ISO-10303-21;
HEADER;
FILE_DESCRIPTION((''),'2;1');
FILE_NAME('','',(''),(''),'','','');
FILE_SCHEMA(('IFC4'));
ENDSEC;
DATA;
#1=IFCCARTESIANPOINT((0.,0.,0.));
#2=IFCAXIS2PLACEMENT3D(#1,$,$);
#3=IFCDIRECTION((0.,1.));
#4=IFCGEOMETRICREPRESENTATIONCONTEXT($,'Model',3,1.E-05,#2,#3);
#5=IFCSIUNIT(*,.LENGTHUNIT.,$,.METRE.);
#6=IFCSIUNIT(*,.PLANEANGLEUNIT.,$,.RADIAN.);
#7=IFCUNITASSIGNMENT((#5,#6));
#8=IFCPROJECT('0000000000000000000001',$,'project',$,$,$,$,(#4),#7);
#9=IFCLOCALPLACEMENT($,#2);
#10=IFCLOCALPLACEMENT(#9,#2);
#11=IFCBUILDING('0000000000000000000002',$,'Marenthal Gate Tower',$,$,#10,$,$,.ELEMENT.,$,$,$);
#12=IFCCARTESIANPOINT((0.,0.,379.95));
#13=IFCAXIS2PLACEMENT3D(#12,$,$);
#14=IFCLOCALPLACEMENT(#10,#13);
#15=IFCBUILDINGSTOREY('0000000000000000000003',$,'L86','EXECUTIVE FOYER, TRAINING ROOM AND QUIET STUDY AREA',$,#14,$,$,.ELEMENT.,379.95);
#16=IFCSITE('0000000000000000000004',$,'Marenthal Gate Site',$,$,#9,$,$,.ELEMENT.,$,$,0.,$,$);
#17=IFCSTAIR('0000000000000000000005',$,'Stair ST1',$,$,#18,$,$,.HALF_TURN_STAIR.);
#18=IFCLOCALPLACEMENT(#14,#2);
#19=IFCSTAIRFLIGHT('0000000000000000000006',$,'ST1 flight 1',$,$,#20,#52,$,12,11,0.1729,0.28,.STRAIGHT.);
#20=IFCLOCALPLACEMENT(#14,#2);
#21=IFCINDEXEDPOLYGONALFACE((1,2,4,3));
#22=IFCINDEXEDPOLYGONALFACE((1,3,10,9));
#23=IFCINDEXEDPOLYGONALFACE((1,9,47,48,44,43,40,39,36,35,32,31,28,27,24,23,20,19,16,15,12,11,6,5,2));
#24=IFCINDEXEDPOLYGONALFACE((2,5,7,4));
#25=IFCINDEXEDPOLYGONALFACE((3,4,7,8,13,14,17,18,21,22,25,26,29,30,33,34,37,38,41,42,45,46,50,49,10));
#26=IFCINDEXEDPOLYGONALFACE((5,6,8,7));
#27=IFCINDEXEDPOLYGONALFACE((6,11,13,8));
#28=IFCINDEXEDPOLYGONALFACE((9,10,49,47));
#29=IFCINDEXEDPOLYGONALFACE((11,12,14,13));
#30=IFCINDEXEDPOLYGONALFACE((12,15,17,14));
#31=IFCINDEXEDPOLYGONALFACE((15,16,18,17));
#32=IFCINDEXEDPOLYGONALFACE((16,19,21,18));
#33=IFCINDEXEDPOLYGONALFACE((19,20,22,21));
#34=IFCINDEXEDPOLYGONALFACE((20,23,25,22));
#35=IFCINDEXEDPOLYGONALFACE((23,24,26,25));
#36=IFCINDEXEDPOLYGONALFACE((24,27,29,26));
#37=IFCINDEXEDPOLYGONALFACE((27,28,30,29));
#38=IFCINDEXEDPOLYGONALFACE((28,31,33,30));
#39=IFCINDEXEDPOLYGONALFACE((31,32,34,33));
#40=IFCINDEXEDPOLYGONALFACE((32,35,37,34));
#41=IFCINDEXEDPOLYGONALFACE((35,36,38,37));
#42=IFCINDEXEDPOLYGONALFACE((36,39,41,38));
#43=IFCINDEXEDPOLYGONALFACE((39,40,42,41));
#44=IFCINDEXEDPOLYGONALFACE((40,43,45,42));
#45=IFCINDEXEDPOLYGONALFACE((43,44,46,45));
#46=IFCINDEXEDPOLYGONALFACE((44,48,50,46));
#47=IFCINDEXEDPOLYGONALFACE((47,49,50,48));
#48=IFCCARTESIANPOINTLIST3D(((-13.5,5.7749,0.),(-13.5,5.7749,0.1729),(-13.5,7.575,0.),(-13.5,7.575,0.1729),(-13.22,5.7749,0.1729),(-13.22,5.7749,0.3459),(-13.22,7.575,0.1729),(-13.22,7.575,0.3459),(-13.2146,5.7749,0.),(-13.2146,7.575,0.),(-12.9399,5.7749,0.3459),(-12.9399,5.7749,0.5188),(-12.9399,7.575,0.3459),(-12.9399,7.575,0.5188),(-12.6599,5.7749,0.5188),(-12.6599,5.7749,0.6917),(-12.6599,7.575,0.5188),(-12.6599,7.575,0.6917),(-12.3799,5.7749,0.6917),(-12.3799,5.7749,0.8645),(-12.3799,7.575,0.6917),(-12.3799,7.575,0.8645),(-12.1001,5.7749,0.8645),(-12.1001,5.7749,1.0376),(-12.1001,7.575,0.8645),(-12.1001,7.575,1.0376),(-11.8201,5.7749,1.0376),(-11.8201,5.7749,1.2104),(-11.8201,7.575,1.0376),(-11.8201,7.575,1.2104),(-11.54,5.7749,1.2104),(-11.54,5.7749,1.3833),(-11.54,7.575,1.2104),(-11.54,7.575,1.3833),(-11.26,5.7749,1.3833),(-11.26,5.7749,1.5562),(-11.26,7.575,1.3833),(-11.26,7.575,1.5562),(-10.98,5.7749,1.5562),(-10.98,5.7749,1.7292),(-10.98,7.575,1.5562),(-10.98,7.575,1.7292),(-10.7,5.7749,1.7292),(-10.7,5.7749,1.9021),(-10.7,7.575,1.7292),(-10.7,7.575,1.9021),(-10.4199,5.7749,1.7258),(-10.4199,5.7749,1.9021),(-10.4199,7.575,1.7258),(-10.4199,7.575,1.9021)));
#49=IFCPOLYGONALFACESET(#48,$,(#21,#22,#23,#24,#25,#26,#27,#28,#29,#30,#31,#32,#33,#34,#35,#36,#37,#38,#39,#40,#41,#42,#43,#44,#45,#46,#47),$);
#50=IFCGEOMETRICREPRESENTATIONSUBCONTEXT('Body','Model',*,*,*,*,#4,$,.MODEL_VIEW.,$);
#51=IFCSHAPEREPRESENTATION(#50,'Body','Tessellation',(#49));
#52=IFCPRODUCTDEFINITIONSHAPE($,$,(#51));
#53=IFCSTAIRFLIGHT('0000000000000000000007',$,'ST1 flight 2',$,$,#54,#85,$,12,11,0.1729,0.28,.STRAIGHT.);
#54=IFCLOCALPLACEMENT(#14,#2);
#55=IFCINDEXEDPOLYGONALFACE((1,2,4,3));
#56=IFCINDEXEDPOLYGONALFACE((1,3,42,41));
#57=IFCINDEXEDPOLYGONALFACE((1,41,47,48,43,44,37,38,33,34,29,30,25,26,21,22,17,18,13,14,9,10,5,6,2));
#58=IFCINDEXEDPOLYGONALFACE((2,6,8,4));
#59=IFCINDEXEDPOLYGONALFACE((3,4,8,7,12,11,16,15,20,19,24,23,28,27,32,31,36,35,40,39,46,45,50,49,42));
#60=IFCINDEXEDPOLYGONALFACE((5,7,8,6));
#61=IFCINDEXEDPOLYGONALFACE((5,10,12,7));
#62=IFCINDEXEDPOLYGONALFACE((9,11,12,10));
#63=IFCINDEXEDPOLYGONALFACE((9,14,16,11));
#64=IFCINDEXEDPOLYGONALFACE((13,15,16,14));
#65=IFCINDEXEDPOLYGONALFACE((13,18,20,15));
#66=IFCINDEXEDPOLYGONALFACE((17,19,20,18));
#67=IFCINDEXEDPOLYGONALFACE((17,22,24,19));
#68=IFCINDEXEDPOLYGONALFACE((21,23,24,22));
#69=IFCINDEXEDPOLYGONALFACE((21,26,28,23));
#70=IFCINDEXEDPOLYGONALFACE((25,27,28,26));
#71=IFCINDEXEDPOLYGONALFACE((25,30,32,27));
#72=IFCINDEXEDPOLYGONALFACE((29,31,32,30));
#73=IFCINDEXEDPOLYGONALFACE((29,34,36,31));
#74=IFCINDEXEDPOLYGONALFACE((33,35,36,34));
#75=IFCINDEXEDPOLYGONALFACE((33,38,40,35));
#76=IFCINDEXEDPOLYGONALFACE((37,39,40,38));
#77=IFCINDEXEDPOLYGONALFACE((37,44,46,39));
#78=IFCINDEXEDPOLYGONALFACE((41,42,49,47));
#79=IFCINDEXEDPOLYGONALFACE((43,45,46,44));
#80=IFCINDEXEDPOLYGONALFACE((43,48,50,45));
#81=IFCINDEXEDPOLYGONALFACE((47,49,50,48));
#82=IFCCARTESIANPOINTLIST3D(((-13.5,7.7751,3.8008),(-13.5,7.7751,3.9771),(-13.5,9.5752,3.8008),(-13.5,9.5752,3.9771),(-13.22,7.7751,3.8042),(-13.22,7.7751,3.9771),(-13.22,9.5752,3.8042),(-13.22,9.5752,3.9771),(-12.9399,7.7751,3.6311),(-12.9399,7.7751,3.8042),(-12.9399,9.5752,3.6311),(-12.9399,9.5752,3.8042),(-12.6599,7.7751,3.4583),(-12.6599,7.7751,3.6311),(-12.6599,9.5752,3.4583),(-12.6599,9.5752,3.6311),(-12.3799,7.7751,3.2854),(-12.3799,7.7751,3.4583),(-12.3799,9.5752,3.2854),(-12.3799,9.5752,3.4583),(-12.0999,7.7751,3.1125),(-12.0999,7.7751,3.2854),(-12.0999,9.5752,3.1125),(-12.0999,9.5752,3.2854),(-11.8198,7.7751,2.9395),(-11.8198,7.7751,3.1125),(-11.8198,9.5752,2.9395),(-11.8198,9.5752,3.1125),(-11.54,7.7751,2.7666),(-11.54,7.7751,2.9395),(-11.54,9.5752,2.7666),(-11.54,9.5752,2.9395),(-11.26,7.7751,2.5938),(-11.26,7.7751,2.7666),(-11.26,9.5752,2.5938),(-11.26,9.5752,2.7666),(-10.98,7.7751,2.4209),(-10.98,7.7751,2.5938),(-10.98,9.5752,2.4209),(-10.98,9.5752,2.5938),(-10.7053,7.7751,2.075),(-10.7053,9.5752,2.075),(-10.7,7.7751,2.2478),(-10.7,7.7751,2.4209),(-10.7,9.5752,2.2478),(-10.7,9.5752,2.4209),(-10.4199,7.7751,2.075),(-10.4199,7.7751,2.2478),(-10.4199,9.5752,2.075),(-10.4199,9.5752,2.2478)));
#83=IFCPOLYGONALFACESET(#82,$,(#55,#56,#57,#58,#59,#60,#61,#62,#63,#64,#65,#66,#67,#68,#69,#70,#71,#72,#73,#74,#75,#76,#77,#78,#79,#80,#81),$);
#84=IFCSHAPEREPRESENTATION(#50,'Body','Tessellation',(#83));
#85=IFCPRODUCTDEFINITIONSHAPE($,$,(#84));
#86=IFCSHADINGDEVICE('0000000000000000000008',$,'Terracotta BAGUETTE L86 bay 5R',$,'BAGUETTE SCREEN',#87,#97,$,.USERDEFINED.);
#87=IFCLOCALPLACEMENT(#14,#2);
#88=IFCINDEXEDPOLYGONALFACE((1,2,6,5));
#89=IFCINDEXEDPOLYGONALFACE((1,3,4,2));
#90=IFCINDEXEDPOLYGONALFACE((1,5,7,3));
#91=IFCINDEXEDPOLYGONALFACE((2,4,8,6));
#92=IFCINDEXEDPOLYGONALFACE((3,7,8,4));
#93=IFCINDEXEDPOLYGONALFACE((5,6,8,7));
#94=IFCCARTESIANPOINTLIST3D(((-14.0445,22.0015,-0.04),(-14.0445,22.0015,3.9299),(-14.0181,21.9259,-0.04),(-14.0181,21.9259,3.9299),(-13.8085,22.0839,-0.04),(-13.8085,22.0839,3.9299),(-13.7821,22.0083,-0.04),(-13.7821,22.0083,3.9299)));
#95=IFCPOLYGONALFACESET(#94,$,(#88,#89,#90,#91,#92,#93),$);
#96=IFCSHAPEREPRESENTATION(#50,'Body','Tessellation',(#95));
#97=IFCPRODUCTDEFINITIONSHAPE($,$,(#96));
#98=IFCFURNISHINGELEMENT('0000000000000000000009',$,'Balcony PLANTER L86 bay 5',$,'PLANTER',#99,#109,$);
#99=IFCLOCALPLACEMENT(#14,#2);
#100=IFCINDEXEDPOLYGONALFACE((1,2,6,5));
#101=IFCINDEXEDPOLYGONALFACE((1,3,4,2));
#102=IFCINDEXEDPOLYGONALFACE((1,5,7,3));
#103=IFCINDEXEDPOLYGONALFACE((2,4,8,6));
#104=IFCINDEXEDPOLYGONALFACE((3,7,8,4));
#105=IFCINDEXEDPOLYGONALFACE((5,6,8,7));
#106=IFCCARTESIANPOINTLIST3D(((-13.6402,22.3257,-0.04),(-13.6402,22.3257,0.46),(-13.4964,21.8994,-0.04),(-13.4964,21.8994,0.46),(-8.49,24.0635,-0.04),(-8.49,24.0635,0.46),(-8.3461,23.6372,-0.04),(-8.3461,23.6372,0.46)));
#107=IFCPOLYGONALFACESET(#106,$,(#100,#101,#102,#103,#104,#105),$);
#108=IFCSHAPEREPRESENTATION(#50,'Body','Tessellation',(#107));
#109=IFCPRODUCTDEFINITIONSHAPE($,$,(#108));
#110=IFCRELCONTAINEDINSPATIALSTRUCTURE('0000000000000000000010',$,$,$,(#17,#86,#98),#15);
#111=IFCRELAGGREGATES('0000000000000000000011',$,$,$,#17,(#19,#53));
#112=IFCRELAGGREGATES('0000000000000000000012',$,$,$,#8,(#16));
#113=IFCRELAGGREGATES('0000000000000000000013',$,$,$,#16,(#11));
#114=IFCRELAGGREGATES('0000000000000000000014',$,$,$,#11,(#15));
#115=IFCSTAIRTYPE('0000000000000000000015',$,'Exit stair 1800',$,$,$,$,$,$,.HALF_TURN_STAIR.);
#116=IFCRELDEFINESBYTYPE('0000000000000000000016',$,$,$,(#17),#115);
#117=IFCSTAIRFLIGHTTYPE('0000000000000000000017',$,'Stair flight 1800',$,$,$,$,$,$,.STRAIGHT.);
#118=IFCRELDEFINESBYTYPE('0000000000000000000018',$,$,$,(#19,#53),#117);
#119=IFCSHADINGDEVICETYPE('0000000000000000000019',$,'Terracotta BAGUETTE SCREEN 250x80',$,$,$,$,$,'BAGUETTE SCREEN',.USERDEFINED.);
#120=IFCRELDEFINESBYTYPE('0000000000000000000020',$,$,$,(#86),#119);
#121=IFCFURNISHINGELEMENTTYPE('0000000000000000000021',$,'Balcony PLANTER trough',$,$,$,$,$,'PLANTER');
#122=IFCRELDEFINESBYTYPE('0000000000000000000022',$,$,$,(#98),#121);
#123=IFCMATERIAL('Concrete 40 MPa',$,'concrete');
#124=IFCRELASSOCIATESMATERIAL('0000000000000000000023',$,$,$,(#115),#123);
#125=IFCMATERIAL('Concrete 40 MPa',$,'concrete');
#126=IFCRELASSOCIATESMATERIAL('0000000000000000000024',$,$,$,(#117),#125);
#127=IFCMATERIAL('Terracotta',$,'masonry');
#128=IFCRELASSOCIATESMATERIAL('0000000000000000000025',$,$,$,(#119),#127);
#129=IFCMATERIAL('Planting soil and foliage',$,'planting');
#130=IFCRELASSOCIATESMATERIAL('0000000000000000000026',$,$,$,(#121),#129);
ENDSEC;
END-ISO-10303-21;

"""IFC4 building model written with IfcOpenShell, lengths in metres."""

from ifc_helpers import new_model, si_unit, direction, frame, origin, origin_2d, place, context, subcontext, project, spatial, polyline, rectangle, outline, extrude, material, material_profile, profile_set, type_object, element, aggregate, save


model = new_model("IFC4")

# Units and contexts
model_context = context("Model", 3, precision=1e-05, world=origin(), true_north=direction((0.0, 1.0)))
body_context = subcontext(model_context, "Body", "Model", "MODEL_VIEW")
ifc_project = project(units=[si_unit("LENGTHUNIT", "METRE"), si_unit("PLANEANGLEUNIT", "RADIAN")], contexts=[model_context])

# Site, building, storey
site_placement = place(None, origin())
site = spatial("IfcSite", under=ifc_project, at=site_placement, Name="Marenthal Gate Site", CompositionType="ELEMENT", RefElevation=0.0)
building_placement = place(site_placement, origin())
building = spatial("IfcBuilding", under=site, at=building_placement, Name="Marenthal Gate Tower", CompositionType="ELEMENT")
storey_placement = place(building_placement, frame((0.0, 0.0, 379.95)))
storey = spatial("IfcBuildingStorey", under=building, at=storey_placement, Name="L86", Description="EXECUTIVE FOYER, TRAINING ROOM AND QUIET STUDY AREA", CompositionType="ELEMENT", Elevation=379.95)

# Stair, stair flights
ifc_material_1 = material(Name="Concrete 40 MPa", Category="concrete")
stair_type = type_object("IfcStairType", Name="Exit stair 1800", PredefinedType="HALF_TURN_STAIR", material=ifc_material_1)
stair_placement = place(storey_placement, origin())
stair = element("IfcStair", 1, at=stair_placement, inside=storey, type_object=stair_type, Name="Stair ST1", PredefinedType="HALF_TURN_STAIR")
ifc_material_2 = material(Name="Concrete 40 MPa", Category="concrete")
stair_flight_type = type_object("IfcStairFlightType", Name="Stair flight 1800", PredefinedType="STRAIGHT", material=ifc_material_2)
stair_flight_1_placement = place(storey_placement, frame((-13.5, 6.675, 0.0), z_axis=(0.0, 0.0, 1.0), x_axis=(1.0, 0.0, 0.0)))
stair_flight_1 = element("IfcStairFlight", 2, at=stair_flight_1_placement, type_object=stair_flight_type, Name="ST1 flight 1", NumberOfRisers=12, NumberOfTreads=11, PredefinedType="STRAIGHT", RiserHeight=0.1729, TreadLength=0.28, context=body_context, shape_type="SweptSolid", body=[
    extrude(outline(polyline([(0.0, 0.0), (0.0, 0.1729), (0.28, 0.1729), (0.28, 0.3459), (0.5601, 0.3459), (0.5601, 0.5188), (0.8401, 0.5188), (0.8401, 0.6917), (1.1201, 0.6917), (1.1201, 0.8645), (1.3999, 0.8645), (1.3999, 1.0376), (1.6799, 1.0376), (1.6799, 1.2104), (1.96, 1.2104), (1.96, 1.3833), (2.24, 1.3833), (2.24, 1.5562), (2.52, 1.5562), (2.52, 1.7292), (2.8, 1.7292), (2.8, 1.9021), (3.0801, 1.9021), (3.0801, 2.075), (3.0801, 1.7258), (0.2854, 0.0), (0.0, 0.0)])), frame((0.0, 0.8999, 0.0), z_axis=(0.0, -1.0, 0.0), x_axis=(1.0, 0.0, 0.0)), (0.0, 0.0, 1.0), 1.8),
])
stair_flight_2_placement = place(storey_placement, frame((-10.4199, 8.675, 2.075), z_axis=(0.0, 0.0, 1.0), x_axis=(-1.0, 0.0, 0.0)))
stair_flight_2 = element("IfcStairFlight", 3, at=stair_flight_2_placement, type_object=stair_flight_type, Name="ST1 flight 2", NumberOfRisers=12, NumberOfTreads=11, PredefinedType="STRAIGHT", RiserHeight=0.1729, TreadLength=0.28, context=body_context, shape_type="SweptSolid", body=[
    extrude(outline(polyline([(0.0, 0.0), (0.0, 0.1729), (0.28, 0.1729), (0.28, 0.3459), (0.5601, 0.3459), (0.5601, 0.5188), (0.8401, 0.5188), (0.8401, 0.6917), (1.1201, 0.6917), (1.1201, 0.8645), (1.3999, 0.8645), (1.3999, 1.0376), (1.6799, 1.0376), (1.6799, 1.2104), (1.96, 1.2104), (1.96, 1.3833), (2.24, 1.3833), (2.24, 1.5562), (2.52, 1.5562), (2.52, 1.7292), (2.8, 1.7292), (2.8, 1.9021), (3.0801, 1.9021), (3.0801, 2.075), (3.0801, 1.7258), (0.2854, 0.0), (0.0, 0.0)])), frame((0.0, 0.8999, 0.0), z_axis=(0.0, -1.0, 0.0), x_axis=(1.0, 0.0, 0.0)), (0.0, 0.0, 1.0), 1.8),
])
aggregate(stair, [stair_flight_1, stair_flight_2])

# Shading device
ifc_material_3 = material(Name="Terracotta", Category="masonry")
ifc_material_profile_1 = material_profile(ifc_material_3, rectangle(XDim=0.25, YDim=0.0801, at=origin_2d()), Name="Terracotta baguette 250x80")
ifc_profile_set_1 = profile_set([ifc_material_profile_1], Name="Terracotta")
shading_device_type = type_object("IfcShadingDeviceType", Name="Terracotta BAGUETTE SCREEN 250x80", ElementType="BAGUETTE SCREEN", PredefinedType="USERDEFINED", material=ifc_profile_set_1)
shading_device_placement = place(storey_placement, frame((-13.9133, 22.0049, -0.04), z_axis=(0.0, 0.0, 1.0), x_axis=(-0.944082, -0.32971, 0.0)))
element("IfcShadingDevice", 4, at=shading_device_placement, inside=storey, type_object=shading_device_type, Name="Terracotta BAGUETTE L86 bay 5R", ObjectType="BAGUETTE SCREEN", PredefinedType="USERDEFINED", context=body_context, shape_type="SweptSolid", body=[
    extrude(rectangle(XDim=0.25, YDim=0.0801, at=origin_2d()), origin(), (0.0, 0.0, 1.0), 3.97),
])

# Furnishing element
ifc_material_4 = material(Name="Planting soil and foliage", Category="planting")
furnishing_element_type = type_object("IfcFurnishingElementType", Name="Balcony PLANTER trough", ElementType="PLANTER", material=ifc_material_4)
furnishing_placement = place(storey_placement, frame((-10.9932, 22.9814, -0.04), z_axis=(0.0, 0.0, 1.0), x_axis=(-0.947516, -0.319708, 0.0)))
element("IfcFurnishingElement", 5, at=furnishing_placement, inside=storey, type_object=furnishing_element_type, Name="Balcony PLANTER L86 bay 5", ObjectType="PLANTER", context=body_context, shape_type="SweptSolid", body=[
    extrude(rectangle(XDim=5.4355, YDim=0.45, at=origin_2d()), origin(), (0.0, 0.0, 1.0), 0.5),
])

save(model, "model.ifc")
